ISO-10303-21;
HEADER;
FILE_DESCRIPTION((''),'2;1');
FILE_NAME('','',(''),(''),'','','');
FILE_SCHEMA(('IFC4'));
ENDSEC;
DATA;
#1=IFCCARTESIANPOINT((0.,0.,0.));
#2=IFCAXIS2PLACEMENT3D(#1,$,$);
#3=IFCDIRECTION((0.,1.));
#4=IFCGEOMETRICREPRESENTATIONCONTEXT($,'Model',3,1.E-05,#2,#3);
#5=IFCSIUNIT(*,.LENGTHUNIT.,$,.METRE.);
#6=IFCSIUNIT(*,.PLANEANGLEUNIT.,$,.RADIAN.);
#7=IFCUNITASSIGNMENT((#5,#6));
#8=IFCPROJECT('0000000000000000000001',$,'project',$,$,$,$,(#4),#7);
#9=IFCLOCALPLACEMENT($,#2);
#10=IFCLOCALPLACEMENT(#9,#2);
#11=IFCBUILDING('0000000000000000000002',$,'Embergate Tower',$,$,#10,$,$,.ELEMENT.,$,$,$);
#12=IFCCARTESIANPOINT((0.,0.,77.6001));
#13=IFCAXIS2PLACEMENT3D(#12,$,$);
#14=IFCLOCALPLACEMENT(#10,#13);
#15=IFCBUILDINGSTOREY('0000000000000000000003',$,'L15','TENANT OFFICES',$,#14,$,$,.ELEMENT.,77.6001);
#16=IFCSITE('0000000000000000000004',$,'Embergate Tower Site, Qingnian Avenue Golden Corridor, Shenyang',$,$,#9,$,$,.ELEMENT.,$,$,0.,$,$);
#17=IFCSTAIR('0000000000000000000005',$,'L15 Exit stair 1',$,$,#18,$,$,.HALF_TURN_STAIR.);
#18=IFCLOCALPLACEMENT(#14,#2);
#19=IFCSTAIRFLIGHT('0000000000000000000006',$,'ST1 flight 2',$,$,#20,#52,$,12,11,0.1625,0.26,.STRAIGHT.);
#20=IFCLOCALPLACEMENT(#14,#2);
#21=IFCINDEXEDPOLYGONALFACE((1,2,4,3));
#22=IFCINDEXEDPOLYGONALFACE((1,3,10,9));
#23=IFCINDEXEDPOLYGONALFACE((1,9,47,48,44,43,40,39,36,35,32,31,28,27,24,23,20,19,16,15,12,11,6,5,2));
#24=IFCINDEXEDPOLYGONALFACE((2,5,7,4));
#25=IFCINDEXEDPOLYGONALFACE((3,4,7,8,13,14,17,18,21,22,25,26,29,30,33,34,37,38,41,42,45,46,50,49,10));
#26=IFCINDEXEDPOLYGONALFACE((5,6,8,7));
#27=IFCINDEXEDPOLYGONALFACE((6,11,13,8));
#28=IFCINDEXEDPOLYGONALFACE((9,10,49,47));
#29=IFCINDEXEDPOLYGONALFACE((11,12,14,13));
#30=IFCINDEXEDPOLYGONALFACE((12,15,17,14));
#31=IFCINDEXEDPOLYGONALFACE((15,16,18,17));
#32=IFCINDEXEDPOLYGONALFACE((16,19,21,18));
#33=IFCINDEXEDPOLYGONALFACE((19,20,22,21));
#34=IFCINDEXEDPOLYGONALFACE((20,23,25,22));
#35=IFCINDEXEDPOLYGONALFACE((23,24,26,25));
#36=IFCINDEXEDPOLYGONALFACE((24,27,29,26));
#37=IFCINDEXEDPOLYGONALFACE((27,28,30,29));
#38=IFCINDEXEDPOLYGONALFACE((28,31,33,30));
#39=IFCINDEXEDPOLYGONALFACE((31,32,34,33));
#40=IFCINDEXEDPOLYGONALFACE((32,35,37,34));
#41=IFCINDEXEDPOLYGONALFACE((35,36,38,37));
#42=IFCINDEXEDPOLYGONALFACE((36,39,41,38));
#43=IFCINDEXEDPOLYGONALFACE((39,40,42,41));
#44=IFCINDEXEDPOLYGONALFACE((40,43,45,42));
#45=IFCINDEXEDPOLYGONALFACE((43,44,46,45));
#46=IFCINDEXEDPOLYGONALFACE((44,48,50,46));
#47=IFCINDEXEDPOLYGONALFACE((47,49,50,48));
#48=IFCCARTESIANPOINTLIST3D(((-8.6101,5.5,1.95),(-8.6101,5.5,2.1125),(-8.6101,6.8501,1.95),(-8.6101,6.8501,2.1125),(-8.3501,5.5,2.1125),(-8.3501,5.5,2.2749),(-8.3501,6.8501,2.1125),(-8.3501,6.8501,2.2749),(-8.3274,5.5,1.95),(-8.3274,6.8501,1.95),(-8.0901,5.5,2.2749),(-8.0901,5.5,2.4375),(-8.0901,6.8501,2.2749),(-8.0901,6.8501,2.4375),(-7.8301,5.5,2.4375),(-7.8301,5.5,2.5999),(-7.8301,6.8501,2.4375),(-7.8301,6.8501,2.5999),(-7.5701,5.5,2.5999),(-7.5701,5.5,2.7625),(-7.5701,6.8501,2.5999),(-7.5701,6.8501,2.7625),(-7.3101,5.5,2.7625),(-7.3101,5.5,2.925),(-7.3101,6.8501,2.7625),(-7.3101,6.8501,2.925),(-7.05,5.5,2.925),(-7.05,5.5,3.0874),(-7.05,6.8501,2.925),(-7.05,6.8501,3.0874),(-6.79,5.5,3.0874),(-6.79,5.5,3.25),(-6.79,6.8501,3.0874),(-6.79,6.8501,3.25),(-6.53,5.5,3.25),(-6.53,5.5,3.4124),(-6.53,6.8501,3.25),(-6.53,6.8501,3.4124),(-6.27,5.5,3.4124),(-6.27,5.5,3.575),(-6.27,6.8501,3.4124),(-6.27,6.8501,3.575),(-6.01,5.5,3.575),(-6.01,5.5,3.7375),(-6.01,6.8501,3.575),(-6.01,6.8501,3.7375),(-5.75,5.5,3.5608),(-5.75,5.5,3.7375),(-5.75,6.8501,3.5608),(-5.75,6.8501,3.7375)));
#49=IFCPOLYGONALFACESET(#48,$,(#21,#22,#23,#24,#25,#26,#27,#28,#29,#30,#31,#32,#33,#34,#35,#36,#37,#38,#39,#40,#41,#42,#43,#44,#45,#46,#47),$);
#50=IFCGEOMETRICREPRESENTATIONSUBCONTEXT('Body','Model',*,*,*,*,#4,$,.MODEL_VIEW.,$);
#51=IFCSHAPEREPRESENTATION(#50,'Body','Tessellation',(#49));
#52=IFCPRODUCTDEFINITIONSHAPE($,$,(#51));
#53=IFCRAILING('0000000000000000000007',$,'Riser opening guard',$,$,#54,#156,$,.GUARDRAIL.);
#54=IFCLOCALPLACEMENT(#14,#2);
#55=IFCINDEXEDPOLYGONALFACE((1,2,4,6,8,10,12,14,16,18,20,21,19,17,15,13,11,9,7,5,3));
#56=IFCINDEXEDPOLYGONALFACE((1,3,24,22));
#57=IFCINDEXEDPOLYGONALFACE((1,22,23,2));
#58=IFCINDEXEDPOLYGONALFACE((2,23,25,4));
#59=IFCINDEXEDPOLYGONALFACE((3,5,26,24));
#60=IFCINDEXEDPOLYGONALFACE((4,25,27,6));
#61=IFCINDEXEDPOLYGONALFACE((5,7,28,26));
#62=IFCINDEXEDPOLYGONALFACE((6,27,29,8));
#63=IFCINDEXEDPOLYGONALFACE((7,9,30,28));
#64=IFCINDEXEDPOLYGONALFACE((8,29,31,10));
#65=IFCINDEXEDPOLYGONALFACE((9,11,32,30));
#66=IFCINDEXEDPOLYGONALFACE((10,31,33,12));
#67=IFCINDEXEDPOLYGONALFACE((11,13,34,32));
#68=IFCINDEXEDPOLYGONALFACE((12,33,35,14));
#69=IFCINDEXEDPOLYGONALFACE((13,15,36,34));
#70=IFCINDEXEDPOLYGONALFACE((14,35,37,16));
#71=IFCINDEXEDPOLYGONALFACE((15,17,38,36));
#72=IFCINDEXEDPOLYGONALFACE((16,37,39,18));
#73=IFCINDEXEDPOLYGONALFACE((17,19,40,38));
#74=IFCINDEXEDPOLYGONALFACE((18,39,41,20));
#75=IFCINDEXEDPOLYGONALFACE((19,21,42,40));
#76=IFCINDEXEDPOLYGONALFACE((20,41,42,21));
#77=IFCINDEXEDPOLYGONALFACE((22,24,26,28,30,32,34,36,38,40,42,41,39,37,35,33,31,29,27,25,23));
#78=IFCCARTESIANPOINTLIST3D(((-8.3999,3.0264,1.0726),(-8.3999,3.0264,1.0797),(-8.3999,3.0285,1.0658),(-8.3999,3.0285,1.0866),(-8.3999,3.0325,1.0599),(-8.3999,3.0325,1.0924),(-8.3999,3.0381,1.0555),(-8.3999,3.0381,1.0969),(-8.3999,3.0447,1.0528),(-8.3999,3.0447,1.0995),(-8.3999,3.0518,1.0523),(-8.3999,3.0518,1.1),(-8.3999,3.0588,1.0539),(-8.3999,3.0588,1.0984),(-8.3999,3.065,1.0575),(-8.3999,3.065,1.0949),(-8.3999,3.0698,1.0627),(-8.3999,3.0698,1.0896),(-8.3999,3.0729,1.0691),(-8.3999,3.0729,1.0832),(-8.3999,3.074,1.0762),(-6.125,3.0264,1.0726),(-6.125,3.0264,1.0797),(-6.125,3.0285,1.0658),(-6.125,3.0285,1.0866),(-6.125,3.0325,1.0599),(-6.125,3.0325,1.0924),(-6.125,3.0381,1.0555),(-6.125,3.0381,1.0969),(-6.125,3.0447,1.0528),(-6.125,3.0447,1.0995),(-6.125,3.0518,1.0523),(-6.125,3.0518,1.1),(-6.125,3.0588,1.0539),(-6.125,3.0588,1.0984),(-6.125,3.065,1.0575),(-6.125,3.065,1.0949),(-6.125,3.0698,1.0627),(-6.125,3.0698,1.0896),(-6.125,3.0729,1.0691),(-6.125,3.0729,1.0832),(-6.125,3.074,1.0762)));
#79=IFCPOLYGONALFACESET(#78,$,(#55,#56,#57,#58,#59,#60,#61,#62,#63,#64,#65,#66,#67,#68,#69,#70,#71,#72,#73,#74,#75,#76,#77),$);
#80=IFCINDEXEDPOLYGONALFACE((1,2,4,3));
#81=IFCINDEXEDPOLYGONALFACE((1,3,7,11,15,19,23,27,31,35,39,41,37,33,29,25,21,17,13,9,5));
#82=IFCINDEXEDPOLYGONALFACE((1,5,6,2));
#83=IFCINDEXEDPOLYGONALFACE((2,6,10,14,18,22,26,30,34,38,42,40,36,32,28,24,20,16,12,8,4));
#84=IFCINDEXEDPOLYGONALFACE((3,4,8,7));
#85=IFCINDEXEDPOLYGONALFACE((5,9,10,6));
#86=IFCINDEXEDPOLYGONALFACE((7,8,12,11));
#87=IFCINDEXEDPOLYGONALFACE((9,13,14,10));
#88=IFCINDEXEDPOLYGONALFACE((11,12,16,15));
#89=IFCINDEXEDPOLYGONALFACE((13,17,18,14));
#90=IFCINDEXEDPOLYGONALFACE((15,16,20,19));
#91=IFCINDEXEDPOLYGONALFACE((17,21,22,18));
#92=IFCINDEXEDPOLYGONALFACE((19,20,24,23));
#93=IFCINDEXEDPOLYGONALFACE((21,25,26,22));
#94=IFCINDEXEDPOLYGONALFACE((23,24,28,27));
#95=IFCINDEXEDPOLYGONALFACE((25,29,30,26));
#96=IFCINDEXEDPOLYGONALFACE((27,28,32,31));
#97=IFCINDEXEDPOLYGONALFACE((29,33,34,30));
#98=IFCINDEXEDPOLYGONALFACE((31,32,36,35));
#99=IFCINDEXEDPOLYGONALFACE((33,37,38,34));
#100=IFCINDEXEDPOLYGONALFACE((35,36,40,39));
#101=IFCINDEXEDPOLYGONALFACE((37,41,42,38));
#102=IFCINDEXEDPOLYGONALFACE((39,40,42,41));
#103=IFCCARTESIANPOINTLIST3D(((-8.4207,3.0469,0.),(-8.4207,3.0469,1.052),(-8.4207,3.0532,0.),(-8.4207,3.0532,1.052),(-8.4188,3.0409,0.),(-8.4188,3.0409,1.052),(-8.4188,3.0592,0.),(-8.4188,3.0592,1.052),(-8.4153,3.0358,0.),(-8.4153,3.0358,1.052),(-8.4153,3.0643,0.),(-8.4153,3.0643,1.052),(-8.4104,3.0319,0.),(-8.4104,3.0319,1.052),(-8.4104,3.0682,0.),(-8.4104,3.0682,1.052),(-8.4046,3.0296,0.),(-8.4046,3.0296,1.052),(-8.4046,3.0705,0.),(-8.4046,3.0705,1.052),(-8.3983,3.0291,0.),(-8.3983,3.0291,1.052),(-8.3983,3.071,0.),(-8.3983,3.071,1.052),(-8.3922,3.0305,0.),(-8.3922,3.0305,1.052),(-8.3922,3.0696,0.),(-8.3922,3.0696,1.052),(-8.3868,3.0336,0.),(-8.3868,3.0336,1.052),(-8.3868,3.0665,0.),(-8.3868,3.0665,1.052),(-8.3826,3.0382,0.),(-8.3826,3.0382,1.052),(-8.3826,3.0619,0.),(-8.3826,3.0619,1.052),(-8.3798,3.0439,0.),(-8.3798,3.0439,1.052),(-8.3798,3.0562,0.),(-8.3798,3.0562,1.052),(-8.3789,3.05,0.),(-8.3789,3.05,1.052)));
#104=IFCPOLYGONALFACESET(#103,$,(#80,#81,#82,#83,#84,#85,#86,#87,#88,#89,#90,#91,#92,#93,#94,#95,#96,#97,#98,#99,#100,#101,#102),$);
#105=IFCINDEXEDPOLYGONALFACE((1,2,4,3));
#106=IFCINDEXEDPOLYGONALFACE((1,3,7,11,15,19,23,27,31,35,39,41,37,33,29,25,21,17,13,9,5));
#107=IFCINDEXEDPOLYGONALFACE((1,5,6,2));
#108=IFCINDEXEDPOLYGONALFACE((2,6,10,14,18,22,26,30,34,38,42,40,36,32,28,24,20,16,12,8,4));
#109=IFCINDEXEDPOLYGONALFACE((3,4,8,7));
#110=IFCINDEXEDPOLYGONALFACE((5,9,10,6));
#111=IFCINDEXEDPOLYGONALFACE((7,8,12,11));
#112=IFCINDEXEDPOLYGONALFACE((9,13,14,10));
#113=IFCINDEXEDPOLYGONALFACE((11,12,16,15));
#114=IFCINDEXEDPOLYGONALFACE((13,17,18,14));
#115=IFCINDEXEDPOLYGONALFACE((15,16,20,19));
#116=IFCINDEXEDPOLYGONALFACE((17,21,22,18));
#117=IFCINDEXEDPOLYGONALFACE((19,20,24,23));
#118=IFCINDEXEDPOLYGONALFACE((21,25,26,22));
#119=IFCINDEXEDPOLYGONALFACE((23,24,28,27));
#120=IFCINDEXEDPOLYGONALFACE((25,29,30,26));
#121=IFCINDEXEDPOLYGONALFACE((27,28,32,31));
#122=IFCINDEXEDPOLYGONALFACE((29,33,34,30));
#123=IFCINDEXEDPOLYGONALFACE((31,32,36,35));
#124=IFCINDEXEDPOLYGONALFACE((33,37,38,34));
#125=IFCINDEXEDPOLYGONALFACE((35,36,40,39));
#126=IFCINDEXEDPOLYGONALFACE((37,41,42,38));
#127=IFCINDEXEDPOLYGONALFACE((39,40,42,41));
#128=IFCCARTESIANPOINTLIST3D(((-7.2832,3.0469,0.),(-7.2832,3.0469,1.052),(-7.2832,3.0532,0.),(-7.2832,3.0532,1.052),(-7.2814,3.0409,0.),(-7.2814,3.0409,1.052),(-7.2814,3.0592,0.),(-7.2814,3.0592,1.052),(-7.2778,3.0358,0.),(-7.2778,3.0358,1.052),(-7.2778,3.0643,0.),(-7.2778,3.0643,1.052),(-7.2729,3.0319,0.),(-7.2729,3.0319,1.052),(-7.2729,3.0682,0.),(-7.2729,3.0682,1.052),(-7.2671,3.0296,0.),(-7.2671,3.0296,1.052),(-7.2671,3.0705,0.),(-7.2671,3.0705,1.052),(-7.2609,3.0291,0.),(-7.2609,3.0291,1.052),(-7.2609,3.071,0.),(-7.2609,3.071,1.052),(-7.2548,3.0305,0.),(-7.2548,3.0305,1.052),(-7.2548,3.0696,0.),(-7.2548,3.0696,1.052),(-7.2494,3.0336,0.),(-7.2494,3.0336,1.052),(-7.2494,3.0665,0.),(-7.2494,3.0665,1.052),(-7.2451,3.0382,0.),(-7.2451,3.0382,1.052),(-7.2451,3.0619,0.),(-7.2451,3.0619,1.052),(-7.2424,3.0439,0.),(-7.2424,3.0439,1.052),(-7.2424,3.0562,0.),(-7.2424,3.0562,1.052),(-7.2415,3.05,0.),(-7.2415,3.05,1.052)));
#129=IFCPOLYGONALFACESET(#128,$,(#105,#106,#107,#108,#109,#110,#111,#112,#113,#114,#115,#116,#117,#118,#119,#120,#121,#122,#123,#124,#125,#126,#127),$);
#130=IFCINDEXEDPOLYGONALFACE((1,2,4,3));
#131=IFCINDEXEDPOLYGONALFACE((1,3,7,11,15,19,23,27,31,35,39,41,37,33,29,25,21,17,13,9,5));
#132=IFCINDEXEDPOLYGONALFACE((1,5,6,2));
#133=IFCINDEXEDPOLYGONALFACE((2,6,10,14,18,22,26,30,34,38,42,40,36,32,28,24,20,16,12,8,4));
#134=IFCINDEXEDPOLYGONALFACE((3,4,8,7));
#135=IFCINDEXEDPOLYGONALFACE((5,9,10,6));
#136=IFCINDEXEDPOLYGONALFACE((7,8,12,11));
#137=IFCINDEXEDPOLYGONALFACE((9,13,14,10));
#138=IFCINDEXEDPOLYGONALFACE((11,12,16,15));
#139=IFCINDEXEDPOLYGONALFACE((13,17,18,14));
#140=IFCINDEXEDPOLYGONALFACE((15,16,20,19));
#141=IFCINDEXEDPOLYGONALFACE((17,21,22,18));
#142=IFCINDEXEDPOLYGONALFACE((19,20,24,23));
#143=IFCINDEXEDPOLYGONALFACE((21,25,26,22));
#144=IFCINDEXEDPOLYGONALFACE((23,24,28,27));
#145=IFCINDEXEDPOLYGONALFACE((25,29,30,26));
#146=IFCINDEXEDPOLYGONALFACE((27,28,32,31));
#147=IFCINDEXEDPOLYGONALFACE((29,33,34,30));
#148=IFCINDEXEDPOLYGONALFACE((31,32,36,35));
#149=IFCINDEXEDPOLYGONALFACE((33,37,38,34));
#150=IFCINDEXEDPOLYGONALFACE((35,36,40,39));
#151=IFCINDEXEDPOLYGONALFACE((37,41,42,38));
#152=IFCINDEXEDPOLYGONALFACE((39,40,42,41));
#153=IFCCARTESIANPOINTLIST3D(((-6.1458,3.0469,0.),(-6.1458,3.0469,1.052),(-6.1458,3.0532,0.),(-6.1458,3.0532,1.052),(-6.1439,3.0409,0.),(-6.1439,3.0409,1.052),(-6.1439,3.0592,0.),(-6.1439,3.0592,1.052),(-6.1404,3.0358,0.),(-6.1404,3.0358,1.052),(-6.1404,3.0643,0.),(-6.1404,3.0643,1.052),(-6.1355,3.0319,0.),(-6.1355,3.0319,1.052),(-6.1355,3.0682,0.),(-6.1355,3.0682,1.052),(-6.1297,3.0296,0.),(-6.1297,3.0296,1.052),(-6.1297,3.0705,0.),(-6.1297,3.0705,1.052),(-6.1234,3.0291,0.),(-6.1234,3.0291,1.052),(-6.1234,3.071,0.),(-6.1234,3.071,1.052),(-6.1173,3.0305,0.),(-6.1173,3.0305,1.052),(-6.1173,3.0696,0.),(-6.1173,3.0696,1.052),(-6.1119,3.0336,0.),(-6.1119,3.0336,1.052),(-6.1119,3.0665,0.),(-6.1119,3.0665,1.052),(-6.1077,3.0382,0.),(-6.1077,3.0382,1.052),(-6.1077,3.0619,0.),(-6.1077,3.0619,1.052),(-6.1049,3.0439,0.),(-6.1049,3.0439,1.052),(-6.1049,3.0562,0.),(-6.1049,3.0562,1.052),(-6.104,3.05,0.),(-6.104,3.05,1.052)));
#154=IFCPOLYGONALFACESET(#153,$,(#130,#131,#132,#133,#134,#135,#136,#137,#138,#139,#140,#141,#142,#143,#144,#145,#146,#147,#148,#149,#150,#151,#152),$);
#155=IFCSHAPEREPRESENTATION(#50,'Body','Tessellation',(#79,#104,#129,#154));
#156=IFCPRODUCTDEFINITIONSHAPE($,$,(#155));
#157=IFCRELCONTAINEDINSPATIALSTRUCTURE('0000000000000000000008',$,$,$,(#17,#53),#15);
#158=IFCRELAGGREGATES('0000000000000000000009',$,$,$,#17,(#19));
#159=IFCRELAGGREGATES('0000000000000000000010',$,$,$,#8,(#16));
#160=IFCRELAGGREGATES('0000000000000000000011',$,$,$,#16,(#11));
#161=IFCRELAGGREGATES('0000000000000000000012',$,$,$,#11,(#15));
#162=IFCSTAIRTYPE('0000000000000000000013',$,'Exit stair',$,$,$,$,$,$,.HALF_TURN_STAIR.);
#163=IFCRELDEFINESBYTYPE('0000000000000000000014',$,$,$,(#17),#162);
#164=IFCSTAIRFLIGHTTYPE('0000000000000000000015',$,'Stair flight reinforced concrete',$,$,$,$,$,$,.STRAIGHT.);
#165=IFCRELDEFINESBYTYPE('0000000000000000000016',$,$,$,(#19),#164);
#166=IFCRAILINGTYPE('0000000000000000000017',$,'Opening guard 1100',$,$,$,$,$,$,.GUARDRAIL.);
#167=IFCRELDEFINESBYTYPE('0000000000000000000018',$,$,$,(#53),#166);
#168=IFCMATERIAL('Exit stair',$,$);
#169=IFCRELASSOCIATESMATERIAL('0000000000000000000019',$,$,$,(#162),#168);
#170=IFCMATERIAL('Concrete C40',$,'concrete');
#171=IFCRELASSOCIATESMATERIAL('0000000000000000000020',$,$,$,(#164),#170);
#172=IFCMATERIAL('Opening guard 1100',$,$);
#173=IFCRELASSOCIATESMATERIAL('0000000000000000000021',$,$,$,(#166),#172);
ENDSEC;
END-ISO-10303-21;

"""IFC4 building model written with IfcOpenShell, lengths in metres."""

from ifc_helpers import new_model, si_unit, direction, frame, origin, origin_2d, place, context, subcontext, project, spatial, polyline, circle, outline, extrude, source, transform, mapped, material, type_object, element, aggregate, save


model = new_model("IFC4")

# Units and contexts
model_context = context("Model", 3, precision=1e-05, world=origin(), true_north=direction((0.0, 1.0)))
body_context = subcontext(model_context, "Body", "Model", "MODEL_VIEW")
ifc_project = project(units=[si_unit("LENGTHUNIT", "METRE"), si_unit("PLANEANGLEUNIT", "RADIAN")], contexts=[model_context])

# Site, building, storey
site_placement = place(None, origin())
site = spatial("IfcSite", under=ifc_project, at=site_placement, Name="Embergate Tower Site, Qingnian Avenue Golden Corridor, Shenyang", CompositionType="ELEMENT", RefElevation=0.0)
building_placement = place(site_placement, origin())
building = spatial("IfcBuilding", under=site, at=building_placement, Name="Embergate Tower", CompositionType="ELEMENT")
storey_placement = place(building_placement, frame((0.0, 0.0, 77.6001)))
storey = spatial("IfcBuildingStorey", under=building, at=storey_placement, Name="L15", Description="TENANT OFFICES", CompositionType="ELEMENT", Elevation=77.6001)

# Stair
ifc_material_1 = material(Name="Exit stair")
stair_type = type_object("IfcStairType", Name="Exit stair", PredefinedType="HALF_TURN_STAIR", material=ifc_material_1)
stair_placement = place(storey_placement, origin())
stair = element("IfcStair", 1, at=stair_placement, inside=storey, type_object=stair_type, Name="L15 Exit stair 1", PredefinedType="HALF_TURN_STAIR")
ifc_material_2 = material(Name="Concrete C40", Category="concrete")

# Stair flight
stair_flight_type = type_object("IfcStairFlightType", Name="Stair flight reinforced concrete", PredefinedType="STRAIGHT", material=ifc_material_2)
shared_shape_1 = source(origin(), body_context, "Body", "SweptSolid", [
    extrude(outline(polyline([(0.0, 0.0), (0.0, 0.1626), (0.26, 0.1626), (0.26, 0.325), (0.52, 0.325), (0.52, 0.4875), (0.78, 0.4875), (0.78, 0.6499), (1.04, 0.6499), (1.04, 0.8125), (1.3, 0.8125), (1.3, 0.9751), (1.5601, 0.9751), (1.5601, 1.1375), (1.8201, 1.1375), (1.8201, 1.3), (2.0801, 1.3), (2.0801, 1.4624), (2.3401, 1.4624), (2.3401, 1.625), (2.6001, 1.625), (2.6001, 1.7876), (2.8601, 1.7876), (2.8601, 1.95), (2.8601, 1.6108), (0.2827, 0.0), (0.0, 0.0)])), frame((0.0, 0.675, 0.0), z_axis=(0.0, -1.0, 0.0), x_axis=(1.0, 0.0, 0.0)), (0.0, 0.0, 1.0), 1.3501),
])
stair_flight_placement = place(storey_placement, frame((-8.6101, 6.175, 1.95), z_axis=(0.0, 0.0, 1.0), x_axis=(1.0, 0.0, 0.0)))
stair_flight = element("IfcStairFlight", 2, at=stair_flight_placement, type_object=stair_flight_type, Name="ST1 flight 2", NumberOfRisers=12, NumberOfTreads=11, PredefinedType="STRAIGHT", RiserHeight=0.1625, TreadLength=0.26, context=body_context, shape_type="MappedRepresentation", body=[
    mapped(shared_shape_1, transform((0.0, 0.0, 0.0))),
])
aggregate(stair, [stair_flight])

# Railing
ifc_material_3 = material(Name="Opening guard 1100")
railing_type = type_object("IfcRailingType", Name="Opening guard 1100", PredefinedType="GUARDRAIL", material=ifc_material_3)
shared_shape_2 = source(origin(), body_context, "Body", "SweptSolid", [
    extrude(circle(Radius=0.0239, at=origin_2d()), frame((0.0, 0.0, 1.0762), z_axis=(1.0, 0.0, 0.0), x_axis=(0.0, 1.0, 0.0)), (0.0, 0.0, 1.0), 2.2749),
    extrude(circle(Radius=0.021, at=origin_2d()), origin(), (0.0, 0.0, 1.0), 1.052),
    extrude(circle(Radius=0.021, at=origin_2d()), frame((1.1375, 0.0, 0.0)), (0.0, 0.0, 1.0), 1.052),
    extrude(circle(Radius=0.021, at=origin_2d()), frame((2.2749, 0.0, 0.0)), (0.0, 0.0, 1.0), 1.052),
])
railing_placement = place(storey_placement, frame((-8.3999, 3.05, 0.0)))
element("IfcRailing", 3, at=railing_placement, inside=storey, type_object=railing_type, Name="Riser opening guard", PredefinedType="GUARDRAIL", context=body_context, shape_type="MappedRepresentation", body=[
    mapped(shared_shape_2, transform((0.0, 0.0, 0.0))),
])

save(model, "model.ifc")
